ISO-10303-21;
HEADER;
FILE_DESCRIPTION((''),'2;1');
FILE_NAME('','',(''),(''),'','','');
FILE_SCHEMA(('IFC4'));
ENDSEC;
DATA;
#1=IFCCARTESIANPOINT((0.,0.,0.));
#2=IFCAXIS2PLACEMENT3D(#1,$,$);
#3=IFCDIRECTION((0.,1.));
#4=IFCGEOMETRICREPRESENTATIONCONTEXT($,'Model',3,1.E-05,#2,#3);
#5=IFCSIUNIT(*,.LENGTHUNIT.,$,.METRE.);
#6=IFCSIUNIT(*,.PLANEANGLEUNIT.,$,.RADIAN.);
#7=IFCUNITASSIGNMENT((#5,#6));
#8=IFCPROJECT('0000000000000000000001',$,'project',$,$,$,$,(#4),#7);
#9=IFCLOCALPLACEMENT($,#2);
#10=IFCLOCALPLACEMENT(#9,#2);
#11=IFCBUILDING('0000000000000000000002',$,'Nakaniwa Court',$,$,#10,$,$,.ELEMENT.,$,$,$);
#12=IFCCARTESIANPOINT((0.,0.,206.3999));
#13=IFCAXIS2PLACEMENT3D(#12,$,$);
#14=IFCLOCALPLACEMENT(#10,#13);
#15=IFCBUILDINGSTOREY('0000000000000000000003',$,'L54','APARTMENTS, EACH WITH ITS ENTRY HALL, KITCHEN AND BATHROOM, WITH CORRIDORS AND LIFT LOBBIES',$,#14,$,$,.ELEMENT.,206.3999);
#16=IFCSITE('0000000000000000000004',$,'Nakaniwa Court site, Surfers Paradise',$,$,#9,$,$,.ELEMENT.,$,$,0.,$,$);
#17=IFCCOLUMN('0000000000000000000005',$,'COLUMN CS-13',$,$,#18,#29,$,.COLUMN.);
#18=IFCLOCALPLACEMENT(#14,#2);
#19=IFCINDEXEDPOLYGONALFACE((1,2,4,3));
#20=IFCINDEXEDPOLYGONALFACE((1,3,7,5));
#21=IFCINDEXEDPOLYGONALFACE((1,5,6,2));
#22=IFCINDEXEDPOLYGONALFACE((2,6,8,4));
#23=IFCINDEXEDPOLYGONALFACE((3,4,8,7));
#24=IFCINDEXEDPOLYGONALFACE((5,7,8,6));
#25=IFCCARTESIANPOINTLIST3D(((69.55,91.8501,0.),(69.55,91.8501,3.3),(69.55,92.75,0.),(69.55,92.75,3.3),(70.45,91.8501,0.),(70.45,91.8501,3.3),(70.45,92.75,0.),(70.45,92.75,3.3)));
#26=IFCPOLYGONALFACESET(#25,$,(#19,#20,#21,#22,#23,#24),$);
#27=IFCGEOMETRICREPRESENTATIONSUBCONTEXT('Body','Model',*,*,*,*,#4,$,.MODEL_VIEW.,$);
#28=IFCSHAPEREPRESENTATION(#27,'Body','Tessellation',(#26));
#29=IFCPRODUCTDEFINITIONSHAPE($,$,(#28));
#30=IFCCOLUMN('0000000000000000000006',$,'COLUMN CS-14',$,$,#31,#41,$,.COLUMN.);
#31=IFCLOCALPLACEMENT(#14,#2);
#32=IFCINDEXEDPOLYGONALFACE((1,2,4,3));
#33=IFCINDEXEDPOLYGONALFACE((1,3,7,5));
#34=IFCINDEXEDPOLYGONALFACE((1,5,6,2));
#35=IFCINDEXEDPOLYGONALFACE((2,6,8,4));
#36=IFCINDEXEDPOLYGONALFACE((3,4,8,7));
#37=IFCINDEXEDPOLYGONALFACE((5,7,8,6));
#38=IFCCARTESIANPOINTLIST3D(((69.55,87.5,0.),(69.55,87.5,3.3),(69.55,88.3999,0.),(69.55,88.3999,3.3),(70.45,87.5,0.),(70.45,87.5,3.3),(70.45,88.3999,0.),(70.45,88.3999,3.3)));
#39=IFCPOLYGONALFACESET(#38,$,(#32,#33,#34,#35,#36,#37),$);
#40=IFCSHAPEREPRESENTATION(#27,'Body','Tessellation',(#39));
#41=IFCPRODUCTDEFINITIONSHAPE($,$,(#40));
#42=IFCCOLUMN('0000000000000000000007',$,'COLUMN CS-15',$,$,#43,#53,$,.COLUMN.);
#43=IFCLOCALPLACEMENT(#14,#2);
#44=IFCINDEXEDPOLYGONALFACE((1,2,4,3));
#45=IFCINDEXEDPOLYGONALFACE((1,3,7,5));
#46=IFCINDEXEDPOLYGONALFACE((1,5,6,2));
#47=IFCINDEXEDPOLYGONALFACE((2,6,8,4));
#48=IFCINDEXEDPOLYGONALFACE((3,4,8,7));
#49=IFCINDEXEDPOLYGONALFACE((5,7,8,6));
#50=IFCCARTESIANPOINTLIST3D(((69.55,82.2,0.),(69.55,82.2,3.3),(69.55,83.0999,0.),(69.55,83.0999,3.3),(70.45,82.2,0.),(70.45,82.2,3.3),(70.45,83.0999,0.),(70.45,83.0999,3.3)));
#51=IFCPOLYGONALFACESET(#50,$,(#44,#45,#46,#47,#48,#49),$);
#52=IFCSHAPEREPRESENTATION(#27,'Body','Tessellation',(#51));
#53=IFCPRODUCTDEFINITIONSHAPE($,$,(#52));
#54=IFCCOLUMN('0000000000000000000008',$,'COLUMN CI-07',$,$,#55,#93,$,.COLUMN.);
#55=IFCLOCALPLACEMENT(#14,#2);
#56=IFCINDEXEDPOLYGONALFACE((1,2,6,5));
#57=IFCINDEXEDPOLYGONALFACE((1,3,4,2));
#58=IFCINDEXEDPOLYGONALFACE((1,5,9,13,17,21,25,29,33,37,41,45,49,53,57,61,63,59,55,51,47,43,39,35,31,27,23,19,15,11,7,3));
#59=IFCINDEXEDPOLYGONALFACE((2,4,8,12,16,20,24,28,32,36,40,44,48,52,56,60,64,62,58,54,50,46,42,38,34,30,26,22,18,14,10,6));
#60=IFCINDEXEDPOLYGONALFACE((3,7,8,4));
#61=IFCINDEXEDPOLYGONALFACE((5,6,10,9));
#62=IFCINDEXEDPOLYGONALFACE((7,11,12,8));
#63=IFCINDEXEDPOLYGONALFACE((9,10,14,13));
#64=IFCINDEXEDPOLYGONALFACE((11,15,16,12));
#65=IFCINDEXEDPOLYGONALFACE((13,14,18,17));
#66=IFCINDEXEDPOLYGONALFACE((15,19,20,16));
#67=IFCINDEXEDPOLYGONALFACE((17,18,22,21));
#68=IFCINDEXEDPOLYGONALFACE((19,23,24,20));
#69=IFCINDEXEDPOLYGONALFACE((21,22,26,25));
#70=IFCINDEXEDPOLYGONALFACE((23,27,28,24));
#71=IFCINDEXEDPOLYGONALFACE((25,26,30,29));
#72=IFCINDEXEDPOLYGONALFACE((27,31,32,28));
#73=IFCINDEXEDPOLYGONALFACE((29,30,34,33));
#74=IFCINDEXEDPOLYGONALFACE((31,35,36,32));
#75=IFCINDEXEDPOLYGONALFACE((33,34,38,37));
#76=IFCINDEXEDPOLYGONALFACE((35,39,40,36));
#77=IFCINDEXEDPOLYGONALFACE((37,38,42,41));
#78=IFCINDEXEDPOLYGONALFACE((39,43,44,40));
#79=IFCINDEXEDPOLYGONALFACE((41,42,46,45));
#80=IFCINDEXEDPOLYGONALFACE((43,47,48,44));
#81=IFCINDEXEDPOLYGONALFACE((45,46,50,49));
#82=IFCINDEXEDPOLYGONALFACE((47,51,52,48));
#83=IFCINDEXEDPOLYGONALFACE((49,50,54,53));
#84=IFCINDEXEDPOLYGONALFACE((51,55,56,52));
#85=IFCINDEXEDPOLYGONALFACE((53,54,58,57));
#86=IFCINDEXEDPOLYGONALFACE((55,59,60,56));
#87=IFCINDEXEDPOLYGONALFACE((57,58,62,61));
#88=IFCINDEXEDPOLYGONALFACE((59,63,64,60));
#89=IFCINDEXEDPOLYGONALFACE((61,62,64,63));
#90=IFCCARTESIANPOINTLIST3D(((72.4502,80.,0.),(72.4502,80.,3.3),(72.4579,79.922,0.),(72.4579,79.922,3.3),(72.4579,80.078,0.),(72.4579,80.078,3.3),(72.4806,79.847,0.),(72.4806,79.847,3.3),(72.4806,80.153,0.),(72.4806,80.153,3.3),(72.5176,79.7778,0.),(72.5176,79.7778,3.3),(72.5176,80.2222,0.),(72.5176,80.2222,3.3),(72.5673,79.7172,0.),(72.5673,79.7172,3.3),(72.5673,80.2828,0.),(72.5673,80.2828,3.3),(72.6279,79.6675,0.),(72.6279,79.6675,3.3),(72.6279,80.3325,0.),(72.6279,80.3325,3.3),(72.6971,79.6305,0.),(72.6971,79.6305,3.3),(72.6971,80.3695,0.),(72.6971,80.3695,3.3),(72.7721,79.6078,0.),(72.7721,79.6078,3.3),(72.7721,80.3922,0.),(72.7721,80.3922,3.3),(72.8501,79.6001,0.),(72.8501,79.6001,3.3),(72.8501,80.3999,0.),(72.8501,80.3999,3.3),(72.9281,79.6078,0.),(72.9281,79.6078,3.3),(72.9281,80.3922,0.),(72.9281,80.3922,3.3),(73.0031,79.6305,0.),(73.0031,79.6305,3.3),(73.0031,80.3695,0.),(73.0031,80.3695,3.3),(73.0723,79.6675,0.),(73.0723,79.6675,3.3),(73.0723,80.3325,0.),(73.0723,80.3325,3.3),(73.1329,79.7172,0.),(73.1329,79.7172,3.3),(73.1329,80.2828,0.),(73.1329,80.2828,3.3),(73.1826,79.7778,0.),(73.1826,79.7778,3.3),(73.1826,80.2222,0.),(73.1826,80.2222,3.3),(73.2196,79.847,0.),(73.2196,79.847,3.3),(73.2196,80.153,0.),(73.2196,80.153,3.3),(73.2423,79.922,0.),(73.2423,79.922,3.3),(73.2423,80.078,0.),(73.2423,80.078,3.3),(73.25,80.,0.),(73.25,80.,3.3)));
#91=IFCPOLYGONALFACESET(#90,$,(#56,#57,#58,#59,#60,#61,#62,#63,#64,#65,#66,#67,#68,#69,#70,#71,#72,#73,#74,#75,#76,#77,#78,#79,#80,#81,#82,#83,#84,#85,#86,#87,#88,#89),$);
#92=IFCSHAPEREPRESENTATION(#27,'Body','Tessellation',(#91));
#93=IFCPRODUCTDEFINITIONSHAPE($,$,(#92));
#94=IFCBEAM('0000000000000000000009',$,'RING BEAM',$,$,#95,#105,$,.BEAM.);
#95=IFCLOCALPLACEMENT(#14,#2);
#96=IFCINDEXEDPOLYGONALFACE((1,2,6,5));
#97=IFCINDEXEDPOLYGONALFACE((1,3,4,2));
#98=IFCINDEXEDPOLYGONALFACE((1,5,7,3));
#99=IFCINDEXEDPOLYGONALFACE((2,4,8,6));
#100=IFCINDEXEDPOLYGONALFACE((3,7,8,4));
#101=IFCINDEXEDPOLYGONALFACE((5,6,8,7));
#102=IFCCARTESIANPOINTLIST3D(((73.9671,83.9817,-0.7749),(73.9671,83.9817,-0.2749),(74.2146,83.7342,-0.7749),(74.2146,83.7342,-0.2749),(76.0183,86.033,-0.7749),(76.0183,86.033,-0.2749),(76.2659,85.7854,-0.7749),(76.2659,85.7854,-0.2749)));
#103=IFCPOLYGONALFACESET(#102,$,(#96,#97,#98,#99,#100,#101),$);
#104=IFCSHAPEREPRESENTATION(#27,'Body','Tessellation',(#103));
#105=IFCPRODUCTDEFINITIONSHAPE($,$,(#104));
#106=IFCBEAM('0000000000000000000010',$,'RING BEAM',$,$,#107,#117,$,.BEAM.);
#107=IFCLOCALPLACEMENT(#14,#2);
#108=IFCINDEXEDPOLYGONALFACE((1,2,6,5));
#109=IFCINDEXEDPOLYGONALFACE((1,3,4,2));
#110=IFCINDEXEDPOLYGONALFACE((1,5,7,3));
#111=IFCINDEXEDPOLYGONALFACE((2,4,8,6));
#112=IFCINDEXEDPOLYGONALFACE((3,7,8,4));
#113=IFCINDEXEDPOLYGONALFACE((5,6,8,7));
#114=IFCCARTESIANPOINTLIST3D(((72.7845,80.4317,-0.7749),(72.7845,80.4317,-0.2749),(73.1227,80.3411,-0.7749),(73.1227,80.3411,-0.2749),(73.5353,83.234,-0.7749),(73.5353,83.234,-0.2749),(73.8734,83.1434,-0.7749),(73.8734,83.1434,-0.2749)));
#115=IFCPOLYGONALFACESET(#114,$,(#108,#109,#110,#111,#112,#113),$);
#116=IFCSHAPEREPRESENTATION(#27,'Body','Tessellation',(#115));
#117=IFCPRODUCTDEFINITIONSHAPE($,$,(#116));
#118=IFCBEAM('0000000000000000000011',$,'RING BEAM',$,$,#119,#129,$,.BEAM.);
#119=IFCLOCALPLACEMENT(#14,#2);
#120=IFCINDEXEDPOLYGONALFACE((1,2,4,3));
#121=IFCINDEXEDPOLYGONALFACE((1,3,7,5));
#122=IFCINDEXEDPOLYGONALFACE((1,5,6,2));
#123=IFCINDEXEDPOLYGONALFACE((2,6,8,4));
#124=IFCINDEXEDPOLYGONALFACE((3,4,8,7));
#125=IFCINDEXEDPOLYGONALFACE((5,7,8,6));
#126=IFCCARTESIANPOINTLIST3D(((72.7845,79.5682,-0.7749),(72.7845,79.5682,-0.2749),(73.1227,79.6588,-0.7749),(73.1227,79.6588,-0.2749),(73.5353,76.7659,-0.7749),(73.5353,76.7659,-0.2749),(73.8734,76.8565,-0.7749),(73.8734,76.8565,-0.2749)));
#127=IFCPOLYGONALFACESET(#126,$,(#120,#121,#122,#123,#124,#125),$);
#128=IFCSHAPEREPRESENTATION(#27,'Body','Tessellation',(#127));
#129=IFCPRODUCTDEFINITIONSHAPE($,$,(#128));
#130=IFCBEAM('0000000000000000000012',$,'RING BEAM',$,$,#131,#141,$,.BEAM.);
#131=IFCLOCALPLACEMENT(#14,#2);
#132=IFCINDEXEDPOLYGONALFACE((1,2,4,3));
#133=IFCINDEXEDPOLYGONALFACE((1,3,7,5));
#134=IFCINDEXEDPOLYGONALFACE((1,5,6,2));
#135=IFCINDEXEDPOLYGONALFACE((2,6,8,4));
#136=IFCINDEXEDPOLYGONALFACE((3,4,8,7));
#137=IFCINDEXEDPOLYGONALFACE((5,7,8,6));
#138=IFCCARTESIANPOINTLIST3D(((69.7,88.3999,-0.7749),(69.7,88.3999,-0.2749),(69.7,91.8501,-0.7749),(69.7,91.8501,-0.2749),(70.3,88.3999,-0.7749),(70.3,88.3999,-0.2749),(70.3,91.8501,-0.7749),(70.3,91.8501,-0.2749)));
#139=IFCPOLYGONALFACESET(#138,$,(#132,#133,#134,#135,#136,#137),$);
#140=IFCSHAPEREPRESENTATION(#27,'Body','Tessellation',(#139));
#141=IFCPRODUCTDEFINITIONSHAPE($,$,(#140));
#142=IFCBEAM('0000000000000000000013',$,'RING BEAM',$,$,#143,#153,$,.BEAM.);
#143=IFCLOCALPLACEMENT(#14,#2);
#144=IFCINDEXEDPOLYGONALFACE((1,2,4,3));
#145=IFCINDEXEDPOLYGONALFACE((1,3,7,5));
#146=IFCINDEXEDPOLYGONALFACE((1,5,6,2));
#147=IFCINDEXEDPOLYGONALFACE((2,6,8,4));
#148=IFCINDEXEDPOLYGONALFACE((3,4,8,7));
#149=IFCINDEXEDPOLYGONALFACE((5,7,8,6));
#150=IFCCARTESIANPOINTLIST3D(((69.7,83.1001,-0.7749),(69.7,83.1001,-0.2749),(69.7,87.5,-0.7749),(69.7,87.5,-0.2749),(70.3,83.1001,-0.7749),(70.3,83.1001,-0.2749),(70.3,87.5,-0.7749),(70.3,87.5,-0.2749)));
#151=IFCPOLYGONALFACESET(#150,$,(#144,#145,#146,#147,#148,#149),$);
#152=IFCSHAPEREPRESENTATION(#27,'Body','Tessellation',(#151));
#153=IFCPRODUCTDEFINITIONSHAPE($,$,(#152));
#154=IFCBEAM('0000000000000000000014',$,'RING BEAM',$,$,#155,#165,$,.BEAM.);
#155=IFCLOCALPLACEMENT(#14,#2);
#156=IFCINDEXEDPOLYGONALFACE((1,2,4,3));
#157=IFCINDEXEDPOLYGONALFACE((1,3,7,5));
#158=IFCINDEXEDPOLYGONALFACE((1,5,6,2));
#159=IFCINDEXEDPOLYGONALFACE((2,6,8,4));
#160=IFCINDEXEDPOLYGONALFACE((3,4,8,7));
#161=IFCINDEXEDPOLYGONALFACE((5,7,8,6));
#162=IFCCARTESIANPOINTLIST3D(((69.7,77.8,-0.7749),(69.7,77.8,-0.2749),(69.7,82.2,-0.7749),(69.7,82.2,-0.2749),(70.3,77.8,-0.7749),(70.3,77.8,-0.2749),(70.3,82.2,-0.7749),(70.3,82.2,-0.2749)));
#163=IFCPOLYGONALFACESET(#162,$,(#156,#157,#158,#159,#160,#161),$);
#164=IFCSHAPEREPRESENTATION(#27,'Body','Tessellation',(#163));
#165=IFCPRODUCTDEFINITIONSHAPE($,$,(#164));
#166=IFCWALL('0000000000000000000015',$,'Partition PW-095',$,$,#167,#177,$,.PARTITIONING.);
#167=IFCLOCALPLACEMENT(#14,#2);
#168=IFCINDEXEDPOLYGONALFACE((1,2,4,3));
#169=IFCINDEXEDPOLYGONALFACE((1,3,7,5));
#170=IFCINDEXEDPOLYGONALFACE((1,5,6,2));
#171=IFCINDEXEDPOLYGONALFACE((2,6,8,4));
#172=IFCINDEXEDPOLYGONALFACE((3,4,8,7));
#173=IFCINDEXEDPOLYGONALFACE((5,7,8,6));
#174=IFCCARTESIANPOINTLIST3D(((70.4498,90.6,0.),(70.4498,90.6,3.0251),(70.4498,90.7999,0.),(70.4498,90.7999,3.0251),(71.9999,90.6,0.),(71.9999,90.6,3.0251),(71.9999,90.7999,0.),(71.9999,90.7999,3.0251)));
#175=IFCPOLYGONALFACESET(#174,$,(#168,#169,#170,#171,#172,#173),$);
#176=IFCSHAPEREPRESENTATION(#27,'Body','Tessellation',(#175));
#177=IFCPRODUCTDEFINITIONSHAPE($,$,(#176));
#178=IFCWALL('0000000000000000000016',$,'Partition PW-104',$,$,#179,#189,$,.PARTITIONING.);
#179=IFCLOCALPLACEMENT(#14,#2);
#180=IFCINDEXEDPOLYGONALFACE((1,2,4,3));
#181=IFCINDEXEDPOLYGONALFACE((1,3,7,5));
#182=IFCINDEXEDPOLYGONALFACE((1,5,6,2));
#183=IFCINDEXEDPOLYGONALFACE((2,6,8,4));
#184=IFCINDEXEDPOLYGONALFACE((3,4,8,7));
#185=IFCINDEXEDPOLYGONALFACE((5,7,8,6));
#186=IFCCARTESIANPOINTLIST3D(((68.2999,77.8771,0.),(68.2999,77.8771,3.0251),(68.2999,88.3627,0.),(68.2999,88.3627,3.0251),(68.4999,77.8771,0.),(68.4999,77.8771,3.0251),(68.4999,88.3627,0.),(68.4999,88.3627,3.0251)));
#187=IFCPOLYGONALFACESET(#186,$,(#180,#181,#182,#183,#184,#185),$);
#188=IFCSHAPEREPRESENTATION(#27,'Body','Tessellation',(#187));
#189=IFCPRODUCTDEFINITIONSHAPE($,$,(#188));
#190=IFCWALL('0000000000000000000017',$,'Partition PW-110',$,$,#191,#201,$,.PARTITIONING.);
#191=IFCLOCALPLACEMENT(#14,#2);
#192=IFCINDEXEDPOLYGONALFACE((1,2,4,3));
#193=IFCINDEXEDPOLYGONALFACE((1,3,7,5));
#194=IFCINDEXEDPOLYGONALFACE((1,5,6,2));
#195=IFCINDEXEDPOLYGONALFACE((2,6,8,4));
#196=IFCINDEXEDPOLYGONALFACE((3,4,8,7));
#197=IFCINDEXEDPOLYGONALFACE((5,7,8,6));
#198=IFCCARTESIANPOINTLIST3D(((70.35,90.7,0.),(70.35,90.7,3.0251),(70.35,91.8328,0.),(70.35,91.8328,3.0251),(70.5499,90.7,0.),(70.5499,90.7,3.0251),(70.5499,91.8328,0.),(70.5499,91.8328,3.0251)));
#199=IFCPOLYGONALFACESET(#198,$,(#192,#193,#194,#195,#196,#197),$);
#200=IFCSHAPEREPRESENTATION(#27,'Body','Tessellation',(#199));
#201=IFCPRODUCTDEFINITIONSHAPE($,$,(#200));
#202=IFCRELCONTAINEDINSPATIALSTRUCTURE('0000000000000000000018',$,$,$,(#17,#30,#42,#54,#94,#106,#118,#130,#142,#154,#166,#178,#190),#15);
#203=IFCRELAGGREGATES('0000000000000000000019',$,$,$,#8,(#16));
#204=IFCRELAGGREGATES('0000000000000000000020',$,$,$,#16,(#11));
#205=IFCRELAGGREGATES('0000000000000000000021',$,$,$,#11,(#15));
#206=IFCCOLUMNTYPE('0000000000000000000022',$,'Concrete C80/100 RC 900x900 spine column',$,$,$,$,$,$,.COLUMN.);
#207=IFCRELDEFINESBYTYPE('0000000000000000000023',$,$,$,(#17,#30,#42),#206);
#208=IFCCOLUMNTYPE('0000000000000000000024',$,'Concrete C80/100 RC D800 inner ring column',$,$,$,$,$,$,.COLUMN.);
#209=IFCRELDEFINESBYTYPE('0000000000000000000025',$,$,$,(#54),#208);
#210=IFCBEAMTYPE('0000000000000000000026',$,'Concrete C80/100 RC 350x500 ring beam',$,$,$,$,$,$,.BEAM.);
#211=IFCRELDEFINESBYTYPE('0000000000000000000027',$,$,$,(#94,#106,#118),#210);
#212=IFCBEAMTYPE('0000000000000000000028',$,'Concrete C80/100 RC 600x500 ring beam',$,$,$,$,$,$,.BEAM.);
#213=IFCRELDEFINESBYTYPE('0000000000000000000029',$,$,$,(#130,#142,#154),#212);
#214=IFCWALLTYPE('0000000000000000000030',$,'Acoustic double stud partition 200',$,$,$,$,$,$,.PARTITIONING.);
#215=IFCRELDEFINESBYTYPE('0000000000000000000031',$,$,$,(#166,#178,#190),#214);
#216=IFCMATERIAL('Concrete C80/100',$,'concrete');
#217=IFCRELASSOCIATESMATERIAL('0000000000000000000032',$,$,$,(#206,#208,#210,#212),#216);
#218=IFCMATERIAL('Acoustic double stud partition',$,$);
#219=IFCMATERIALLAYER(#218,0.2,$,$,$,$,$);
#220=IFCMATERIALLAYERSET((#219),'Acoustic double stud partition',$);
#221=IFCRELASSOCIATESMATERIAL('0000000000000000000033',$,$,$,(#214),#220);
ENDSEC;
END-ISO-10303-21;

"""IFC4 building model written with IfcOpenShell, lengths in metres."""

from ifc_helpers import new_model, si_unit, direction, frame, frame_2d, origin, origin_2d, place, context, subcontext, project, spatial, rectangle, circle, extrude, material, layer, layer_set, material_profile, profile_set, type_object, element, save


model = new_model("IFC4")

# Units and contexts
model_context = context("Model", 3, precision=1e-05, world=origin(), true_north=direction((0.0, 1.0)))
body_context = subcontext(model_context, "Body", "Model", "MODEL_VIEW")
ifc_project = project(units=[si_unit("LENGTHUNIT", "METRE"), si_unit("PLANEANGLEUNIT", "RADIAN")], contexts=[model_context])

# Site, building, storey
site_placement = place(None, origin())
site = spatial("IfcSite", under=ifc_project, at=site_placement, Name="Nakaniwa Court site, Surfers Paradise", CompositionType="ELEMENT", RefElevation=0.0)
building_placement = place(site_placement, origin())
building = spatial("IfcBuilding", under=site, at=building_placement, Name="Nakaniwa Court", CompositionType="ELEMENT")
storey_placement = place(building_placement, frame((0.0, 0.0, 206.3999)))
storey = spatial("IfcBuildingStorey", under=building, at=storey_placement, Name="L54", Description="APARTMENTS, EACH WITH ITS ENTRY HALL, KITCHEN AND BATHROOM, WITH CORRIDORS AND LIFT LOBBIES", CompositionType="ELEMENT", Elevation=206.3999)

# Columns
ifc_material_1 = material(Name="Concrete C80/100", Category="concrete")
ifc_material_profile_1 = material_profile(ifc_material_1, rectangle(XDim=0.8999, YDim=0.8999, at=origin_2d()), Name="Concrete C80/100 RC 900x900 spine column")
ifc_profile_set_1 = profile_set([ifc_material_profile_1], Name="Concrete C80/100")
column_type_1 = type_object("IfcColumnType", Name="Concrete C80/100 RC 900x900 spine column", PredefinedType="COLUMN", material=ifc_profile_set_1)
for number, where, z_axis, x_axis, name in (
    (1, (70.0, 92.3, 0.0), (0.0, 0.0, 1.0), (0.0, -1.0, 0.0), "COLUMN CS-13"),
    (2, (70.0, 87.95, 0.0), (0.0, 0.0, 1.0), (0.0, -1.0, 0.0), "COLUMN CS-14"),
    (3, (70.0, 82.6499, 0.0), (0.0, 0.0, 1.0), (0.0, -1.0, 0.0), "COLUMN CS-15"),
):
    element("IfcColumn", number, at=place(storey_placement, frame(where, z_axis=z_axis, x_axis=x_axis)), inside=storey, type_object=column_type_1, Name=name, PredefinedType="COLUMN", context=body_context, shape_type="SweptSolid", body=[
        extrude(rectangle(XDim=0.8999, YDim=0.8999, at=origin_2d()), origin(), (0.0, 0.0, 1.0), 3.3),
    ])
ifc_material_profile_2 = material_profile(ifc_material_1, circle(Radius=0.3999, at=origin_2d()), Name="Concrete C80/100 RC D800 inner ring column")
ifc_profile_set_2 = profile_set([ifc_material_profile_2], Name="Concrete C80/100")
column_type_2 = type_object("IfcColumnType", Name="Concrete C80/100 RC D800 inner ring column", PredefinedType="COLUMN", material=ifc_profile_set_2)
for number, where, z_axis, x_axis, name in (
    (4, (72.8501, 80.0, 0.0), (0.0, 0.0, 1.0), (0.0, -1.0, 0.0), "COLUMN CI-07"),
):
    element("IfcColumn", number, at=place(storey_placement, frame(where, z_axis=z_axis, x_axis=x_axis)), inside=storey, type_object=column_type_2, Name=name, PredefinedType="COLUMN", context=body_context, shape_type="SweptSolid", body=[
        extrude(circle(Radius=0.3999, at=origin_2d()), origin(), (0.0, 0.0, 1.0), 3.3),
    ])

# Beams
ifc_material_profile_3 = material_profile(ifc_material_1, rectangle(XDim=0.3501, YDim=0.5, at=origin_2d()), Name="Concrete C80/100 RC 350x500 ring beam")
ifc_profile_set_3 = profile_set([ifc_material_profile_3], Name="Concrete C80/100")
beam_type_1 = type_object("IfcBeamType", Name="Concrete C80/100 RC 350x500 ring beam", PredefinedType="BEAM", material=ifc_profile_set_3)
beam_1_placement = place(storey_placement, frame((76.1421, 85.9092, -0.5249), z_axis=(-0.707107, -0.707107, 0.0), x_axis=(0.707107, -0.707107, 0.0)))
element("IfcBeam", 5, at=beam_1_placement, inside=storey, type_object=beam_type_1, Name="RING BEAM", PredefinedType="BEAM", context=body_context, shape_type="SweptSolid", body=[
    extrude(rectangle(XDim=0.3501, YDim=0.5, at=origin_2d()), origin(), (0.0, 0.0, 1.0), 2.9009),
])
for number, where, z_axis, x_axis, name in (
    (6, (73.7043, 83.1887, -0.5249), (-0.258778, -0.965937, 0.0), (0.965937, -0.258778, 0.0), "RING BEAM"),
    (7, (72.9536, 79.6135, -0.5249), (0.258778, -0.965937, 0.0), (0.965937, 0.258778, 0.0), "RING BEAM"),
):
    element("IfcBeam", number, at=place(storey_placement, frame(where, z_axis=z_axis, x_axis=x_axis)), inside=storey, type_object=beam_type_1, Name=name, PredefinedType="BEAM", context=body_context, shape_type="SweptSolid", body=[
        extrude(rectangle(XDim=0.3501, YDim=0.5, at=origin_2d()), origin(), (0.0, 0.0, 1.0), 2.9011),
    ])
ifc_material_profile_4 = material_profile(ifc_material_1, rectangle(XDim=0.6001, YDim=0.5, at=origin_2d()), Name="Concrete C80/100 RC 600x500 ring beam")
ifc_profile_set_4 = profile_set([ifc_material_profile_4], Name="Concrete C80/100")
beam_type_2 = type_object("IfcBeamType", Name="Concrete C80/100 RC 600x500 ring beam", PredefinedType="BEAM", material=ifc_profile_set_4)
beam_2_placement = place(storey_placement, frame((70.0, 91.8501, -0.5249), z_axis=(0.0, -1.0, 0.0), x_axis=(1.0, 0.0, 0.0)))
element("IfcBeam", 8, at=beam_2_placement, inside=storey, type_object=beam_type_2, Name="RING BEAM", PredefinedType="BEAM", context=body_context, shape_type="SweptSolid", body=[
    extrude(rectangle(XDim=0.6001, YDim=0.5, at=origin_2d()), origin(), (0.0, 0.0, 1.0), 3.4502),
])
for number, where, z_axis, x_axis, name in (
    (9, (70.0, 87.5, -0.5249), (0.0, -1.0, 0.0), (1.0, 0.0, 0.0), "RING BEAM"),
    (10, (70.0, 82.2, -0.5249), (0.0, -1.0, 0.0), (1.0, 0.0, 0.0), "RING BEAM"),
):
    element("IfcBeam", number, at=place(storey_placement, frame(where, z_axis=z_axis, x_axis=x_axis)), inside=storey, type_object=beam_type_2, Name=name, PredefinedType="BEAM", context=body_context, shape_type="SweptSolid", body=[
        extrude(rectangle(XDim=0.6001, YDim=0.5, at=origin_2d()), origin(), (0.0, 0.0, 1.0), 4.3999),
    ])

# Walls
ifc_material_2 = material(Name="Acoustic double stud partition")
ifc_layer_1 = layer(ifc_material_2, 0.2)
ifc_layer_set_1 = layer_set([ifc_layer_1], Name="Acoustic double stud partition")
wall_type_1 = type_object("IfcWallType", Name="Acoustic double stud partition 200", PredefinedType="PARTITIONING", material=ifc_layer_set_1)
wall_1_placement = place(storey_placement, frame((70.45, 90.7, 0.0), z_axis=(0.0, 0.0, 1.0), x_axis=(1.0, 0.0, 0.0)))
element("IfcWall", 11, at=wall_1_placement, inside=storey, type_object=wall_type_1, Name="Partition PW-095", PredefinedType="PARTITIONING", context=body_context, shape_type="SweptSolid", body=[
    extrude(rectangle(XDim=1.55, YDim=0.2, at=frame_2d((0.7749, 0.0))), origin(), (0.0, 0.0, 1.0), 3.0251),
])
wall_2_placement = place(storey_placement, frame((68.3999, 77.8772, 0.0), z_axis=(0.0, 0.0, 1.0), x_axis=(0.0, 1.0, 0.0)))
element("IfcWall", 12, at=wall_2_placement, inside=storey, type_object=wall_type_1, Name="Partition PW-104", PredefinedType="PARTITIONING", context=body_context, shape_type="SweptSolid", body=[
    extrude(rectangle(XDim=10.4856, YDim=0.2, at=frame_2d((5.2427, 0.0))), origin(), (0.0, 0.0, 1.0), 3.0251),
])
wall_3_placement = place(storey_placement, frame((70.45, 90.7, 0.0), z_axis=(0.0, 0.0, 1.0), x_axis=(0.0, 1.0, 0.0)))
element("IfcWall", 13, at=wall_3_placement, inside=storey, type_object=wall_type_1, Name="Partition PW-110", PredefinedType="PARTITIONING", context=body_context, shape_type="SweptSolid", body=[
    extrude(rectangle(XDim=1.1328, YDim=0.2, at=frame_2d((0.5664, 0.0))), origin(), (0.0, 0.0, 1.0), 3.0251),
])

save(model, "model.ifc")
